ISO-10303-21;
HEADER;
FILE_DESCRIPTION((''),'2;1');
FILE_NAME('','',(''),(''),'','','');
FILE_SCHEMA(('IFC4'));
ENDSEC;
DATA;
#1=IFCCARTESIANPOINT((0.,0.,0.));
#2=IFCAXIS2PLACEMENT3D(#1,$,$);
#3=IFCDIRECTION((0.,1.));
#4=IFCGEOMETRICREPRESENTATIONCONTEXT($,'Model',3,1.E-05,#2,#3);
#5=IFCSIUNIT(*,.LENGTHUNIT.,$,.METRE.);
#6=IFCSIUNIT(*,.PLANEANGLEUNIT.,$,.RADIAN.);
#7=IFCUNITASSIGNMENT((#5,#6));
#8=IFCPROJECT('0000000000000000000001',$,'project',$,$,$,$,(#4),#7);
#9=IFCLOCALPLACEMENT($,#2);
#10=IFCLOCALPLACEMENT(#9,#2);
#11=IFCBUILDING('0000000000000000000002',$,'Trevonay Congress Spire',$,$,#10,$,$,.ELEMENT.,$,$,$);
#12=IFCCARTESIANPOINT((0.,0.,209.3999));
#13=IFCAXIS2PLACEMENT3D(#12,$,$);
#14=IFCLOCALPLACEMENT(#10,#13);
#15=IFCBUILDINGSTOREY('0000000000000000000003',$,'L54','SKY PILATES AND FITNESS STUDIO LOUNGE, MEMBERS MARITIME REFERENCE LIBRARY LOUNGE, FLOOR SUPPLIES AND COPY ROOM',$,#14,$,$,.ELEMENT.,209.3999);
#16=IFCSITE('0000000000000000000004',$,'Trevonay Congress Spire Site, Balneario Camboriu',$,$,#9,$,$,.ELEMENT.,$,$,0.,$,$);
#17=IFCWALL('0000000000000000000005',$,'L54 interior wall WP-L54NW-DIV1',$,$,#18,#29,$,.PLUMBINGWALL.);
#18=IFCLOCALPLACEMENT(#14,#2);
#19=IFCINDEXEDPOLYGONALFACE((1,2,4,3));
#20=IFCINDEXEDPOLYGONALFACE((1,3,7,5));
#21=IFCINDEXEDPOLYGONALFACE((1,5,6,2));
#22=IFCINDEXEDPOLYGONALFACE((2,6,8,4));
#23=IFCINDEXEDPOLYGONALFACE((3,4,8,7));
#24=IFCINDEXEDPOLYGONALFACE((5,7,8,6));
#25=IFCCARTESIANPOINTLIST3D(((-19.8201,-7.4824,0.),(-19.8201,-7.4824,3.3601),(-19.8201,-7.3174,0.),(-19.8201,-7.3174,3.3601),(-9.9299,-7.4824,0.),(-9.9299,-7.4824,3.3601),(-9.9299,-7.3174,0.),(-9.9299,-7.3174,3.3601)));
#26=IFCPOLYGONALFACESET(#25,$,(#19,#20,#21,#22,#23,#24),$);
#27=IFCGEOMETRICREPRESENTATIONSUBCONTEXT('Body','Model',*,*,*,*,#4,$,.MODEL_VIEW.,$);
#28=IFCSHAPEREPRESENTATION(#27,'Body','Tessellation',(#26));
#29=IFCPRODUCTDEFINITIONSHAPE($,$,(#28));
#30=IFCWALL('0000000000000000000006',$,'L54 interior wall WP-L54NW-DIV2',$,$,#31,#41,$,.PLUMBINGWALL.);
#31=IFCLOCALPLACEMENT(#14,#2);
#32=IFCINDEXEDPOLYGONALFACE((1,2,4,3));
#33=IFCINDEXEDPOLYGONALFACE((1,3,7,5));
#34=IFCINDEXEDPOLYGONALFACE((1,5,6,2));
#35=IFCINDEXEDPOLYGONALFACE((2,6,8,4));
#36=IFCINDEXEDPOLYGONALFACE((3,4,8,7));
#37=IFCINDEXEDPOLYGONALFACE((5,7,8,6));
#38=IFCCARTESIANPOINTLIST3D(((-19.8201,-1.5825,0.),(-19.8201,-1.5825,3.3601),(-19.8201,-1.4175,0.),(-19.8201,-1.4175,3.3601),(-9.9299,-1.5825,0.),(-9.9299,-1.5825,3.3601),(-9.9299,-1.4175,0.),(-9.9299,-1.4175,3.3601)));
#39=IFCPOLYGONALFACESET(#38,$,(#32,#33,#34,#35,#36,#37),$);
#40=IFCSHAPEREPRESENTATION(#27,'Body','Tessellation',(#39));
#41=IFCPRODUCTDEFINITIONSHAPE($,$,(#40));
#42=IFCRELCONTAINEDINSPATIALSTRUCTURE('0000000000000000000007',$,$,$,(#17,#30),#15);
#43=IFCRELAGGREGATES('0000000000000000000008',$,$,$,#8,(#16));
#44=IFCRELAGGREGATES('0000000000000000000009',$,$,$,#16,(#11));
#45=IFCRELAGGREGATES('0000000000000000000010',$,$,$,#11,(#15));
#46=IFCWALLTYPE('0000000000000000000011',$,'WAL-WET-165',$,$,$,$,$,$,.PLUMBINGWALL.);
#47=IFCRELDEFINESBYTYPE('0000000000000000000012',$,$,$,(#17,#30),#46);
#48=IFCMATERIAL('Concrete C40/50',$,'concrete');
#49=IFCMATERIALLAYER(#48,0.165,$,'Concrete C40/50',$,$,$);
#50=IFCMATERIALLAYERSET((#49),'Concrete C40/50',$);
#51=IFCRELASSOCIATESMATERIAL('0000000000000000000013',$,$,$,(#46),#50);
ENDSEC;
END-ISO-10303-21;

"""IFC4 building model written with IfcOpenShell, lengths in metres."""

from ifc_helpers import new_model, si_unit, direction, frame, frame_2d, origin, place, context, subcontext, project, spatial, rectangle, extrude, material, layer, layer_set, type_object, element, save


model = new_model("IFC4")

# Units and contexts
model_context = context("Model", 3, precision=1e-05, world=origin(), true_north=direction((0.0, 1.0)))
body_context = subcontext(model_context, "Body", "Model", "MODEL_VIEW")
ifc_project = project(units=[si_unit("LENGTHUNIT", "METRE"), si_unit("PLANEANGLEUNIT", "RADIAN")], contexts=[model_context])

# Site, building, storey
site_placement = place(None, origin())
site = spatial("IfcSite", under=ifc_project, at=site_placement, Name="Trevonay Congress Spire Site, Balneario Camboriu", CompositionType="ELEMENT", RefElevation=0.0)
building_placement = place(site_placement, origin())
building = spatial("IfcBuilding", under=site, at=building_placement, Name="Trevonay Congress Spire", CompositionType="ELEMENT")
storey_placement = place(building_placement, frame((0.0, 0.0, 209.3999)))
storey = spatial("IfcBuildingStorey", under=building, at=storey_placement, Name="L54", Description="SKY PILATES AND FITNESS STUDIO LOUNGE, MEMBERS MARITIME REFERENCE LIBRARY LOUNGE, FLOOR SUPPLIES AND COPY ROOM", CompositionType="ELEMENT", Elevation=209.3999)

# Shared definitions
ifc_material_1 = material(Name="Concrete C40/50", Category="concrete")

# Walls
ifc_layer_1 = layer(ifc_material_1, 0.165, Name="Concrete C40/50")
ifc_layer_set_1 = layer_set([ifc_layer_1], Name="Concrete C40/50")
wall_type_1 = type_object("IfcWallType", Name="WAL-WET-165", PredefinedType="PLUMBINGWALL", material=ifc_layer_set_1)
for number, where, z_axis, x_axis, name in (
    (1, (-19.8201, -7.3999, 0.0), (0.0, 0.0, 1.0), (1.0, 0.0, 0.0), "L54 interior wall WP-L54NW-DIV1"),
    (2, (-19.8201, -1.5, 0.0), (0.0, 0.0, 1.0), (1.0, 0.0, 0.0), "L54 interior wall WP-L54NW-DIV2"),
):
    element("IfcWall", number, at=place(storey_placement, frame(where, z_axis=z_axis, x_axis=x_axis)), inside=storey, type_object=wall_type_1, Name=name, PredefinedType="PLUMBINGWALL", context=body_context, shape_type="SweptSolid", body=[
        extrude(rectangle(XDim=9.8901, YDim=0.165, at=frame_2d((4.9451, 0.0))), origin(), (0.0, 0.0, 1.0), 3.3601),
    ])

save(model, "model.ifc")
